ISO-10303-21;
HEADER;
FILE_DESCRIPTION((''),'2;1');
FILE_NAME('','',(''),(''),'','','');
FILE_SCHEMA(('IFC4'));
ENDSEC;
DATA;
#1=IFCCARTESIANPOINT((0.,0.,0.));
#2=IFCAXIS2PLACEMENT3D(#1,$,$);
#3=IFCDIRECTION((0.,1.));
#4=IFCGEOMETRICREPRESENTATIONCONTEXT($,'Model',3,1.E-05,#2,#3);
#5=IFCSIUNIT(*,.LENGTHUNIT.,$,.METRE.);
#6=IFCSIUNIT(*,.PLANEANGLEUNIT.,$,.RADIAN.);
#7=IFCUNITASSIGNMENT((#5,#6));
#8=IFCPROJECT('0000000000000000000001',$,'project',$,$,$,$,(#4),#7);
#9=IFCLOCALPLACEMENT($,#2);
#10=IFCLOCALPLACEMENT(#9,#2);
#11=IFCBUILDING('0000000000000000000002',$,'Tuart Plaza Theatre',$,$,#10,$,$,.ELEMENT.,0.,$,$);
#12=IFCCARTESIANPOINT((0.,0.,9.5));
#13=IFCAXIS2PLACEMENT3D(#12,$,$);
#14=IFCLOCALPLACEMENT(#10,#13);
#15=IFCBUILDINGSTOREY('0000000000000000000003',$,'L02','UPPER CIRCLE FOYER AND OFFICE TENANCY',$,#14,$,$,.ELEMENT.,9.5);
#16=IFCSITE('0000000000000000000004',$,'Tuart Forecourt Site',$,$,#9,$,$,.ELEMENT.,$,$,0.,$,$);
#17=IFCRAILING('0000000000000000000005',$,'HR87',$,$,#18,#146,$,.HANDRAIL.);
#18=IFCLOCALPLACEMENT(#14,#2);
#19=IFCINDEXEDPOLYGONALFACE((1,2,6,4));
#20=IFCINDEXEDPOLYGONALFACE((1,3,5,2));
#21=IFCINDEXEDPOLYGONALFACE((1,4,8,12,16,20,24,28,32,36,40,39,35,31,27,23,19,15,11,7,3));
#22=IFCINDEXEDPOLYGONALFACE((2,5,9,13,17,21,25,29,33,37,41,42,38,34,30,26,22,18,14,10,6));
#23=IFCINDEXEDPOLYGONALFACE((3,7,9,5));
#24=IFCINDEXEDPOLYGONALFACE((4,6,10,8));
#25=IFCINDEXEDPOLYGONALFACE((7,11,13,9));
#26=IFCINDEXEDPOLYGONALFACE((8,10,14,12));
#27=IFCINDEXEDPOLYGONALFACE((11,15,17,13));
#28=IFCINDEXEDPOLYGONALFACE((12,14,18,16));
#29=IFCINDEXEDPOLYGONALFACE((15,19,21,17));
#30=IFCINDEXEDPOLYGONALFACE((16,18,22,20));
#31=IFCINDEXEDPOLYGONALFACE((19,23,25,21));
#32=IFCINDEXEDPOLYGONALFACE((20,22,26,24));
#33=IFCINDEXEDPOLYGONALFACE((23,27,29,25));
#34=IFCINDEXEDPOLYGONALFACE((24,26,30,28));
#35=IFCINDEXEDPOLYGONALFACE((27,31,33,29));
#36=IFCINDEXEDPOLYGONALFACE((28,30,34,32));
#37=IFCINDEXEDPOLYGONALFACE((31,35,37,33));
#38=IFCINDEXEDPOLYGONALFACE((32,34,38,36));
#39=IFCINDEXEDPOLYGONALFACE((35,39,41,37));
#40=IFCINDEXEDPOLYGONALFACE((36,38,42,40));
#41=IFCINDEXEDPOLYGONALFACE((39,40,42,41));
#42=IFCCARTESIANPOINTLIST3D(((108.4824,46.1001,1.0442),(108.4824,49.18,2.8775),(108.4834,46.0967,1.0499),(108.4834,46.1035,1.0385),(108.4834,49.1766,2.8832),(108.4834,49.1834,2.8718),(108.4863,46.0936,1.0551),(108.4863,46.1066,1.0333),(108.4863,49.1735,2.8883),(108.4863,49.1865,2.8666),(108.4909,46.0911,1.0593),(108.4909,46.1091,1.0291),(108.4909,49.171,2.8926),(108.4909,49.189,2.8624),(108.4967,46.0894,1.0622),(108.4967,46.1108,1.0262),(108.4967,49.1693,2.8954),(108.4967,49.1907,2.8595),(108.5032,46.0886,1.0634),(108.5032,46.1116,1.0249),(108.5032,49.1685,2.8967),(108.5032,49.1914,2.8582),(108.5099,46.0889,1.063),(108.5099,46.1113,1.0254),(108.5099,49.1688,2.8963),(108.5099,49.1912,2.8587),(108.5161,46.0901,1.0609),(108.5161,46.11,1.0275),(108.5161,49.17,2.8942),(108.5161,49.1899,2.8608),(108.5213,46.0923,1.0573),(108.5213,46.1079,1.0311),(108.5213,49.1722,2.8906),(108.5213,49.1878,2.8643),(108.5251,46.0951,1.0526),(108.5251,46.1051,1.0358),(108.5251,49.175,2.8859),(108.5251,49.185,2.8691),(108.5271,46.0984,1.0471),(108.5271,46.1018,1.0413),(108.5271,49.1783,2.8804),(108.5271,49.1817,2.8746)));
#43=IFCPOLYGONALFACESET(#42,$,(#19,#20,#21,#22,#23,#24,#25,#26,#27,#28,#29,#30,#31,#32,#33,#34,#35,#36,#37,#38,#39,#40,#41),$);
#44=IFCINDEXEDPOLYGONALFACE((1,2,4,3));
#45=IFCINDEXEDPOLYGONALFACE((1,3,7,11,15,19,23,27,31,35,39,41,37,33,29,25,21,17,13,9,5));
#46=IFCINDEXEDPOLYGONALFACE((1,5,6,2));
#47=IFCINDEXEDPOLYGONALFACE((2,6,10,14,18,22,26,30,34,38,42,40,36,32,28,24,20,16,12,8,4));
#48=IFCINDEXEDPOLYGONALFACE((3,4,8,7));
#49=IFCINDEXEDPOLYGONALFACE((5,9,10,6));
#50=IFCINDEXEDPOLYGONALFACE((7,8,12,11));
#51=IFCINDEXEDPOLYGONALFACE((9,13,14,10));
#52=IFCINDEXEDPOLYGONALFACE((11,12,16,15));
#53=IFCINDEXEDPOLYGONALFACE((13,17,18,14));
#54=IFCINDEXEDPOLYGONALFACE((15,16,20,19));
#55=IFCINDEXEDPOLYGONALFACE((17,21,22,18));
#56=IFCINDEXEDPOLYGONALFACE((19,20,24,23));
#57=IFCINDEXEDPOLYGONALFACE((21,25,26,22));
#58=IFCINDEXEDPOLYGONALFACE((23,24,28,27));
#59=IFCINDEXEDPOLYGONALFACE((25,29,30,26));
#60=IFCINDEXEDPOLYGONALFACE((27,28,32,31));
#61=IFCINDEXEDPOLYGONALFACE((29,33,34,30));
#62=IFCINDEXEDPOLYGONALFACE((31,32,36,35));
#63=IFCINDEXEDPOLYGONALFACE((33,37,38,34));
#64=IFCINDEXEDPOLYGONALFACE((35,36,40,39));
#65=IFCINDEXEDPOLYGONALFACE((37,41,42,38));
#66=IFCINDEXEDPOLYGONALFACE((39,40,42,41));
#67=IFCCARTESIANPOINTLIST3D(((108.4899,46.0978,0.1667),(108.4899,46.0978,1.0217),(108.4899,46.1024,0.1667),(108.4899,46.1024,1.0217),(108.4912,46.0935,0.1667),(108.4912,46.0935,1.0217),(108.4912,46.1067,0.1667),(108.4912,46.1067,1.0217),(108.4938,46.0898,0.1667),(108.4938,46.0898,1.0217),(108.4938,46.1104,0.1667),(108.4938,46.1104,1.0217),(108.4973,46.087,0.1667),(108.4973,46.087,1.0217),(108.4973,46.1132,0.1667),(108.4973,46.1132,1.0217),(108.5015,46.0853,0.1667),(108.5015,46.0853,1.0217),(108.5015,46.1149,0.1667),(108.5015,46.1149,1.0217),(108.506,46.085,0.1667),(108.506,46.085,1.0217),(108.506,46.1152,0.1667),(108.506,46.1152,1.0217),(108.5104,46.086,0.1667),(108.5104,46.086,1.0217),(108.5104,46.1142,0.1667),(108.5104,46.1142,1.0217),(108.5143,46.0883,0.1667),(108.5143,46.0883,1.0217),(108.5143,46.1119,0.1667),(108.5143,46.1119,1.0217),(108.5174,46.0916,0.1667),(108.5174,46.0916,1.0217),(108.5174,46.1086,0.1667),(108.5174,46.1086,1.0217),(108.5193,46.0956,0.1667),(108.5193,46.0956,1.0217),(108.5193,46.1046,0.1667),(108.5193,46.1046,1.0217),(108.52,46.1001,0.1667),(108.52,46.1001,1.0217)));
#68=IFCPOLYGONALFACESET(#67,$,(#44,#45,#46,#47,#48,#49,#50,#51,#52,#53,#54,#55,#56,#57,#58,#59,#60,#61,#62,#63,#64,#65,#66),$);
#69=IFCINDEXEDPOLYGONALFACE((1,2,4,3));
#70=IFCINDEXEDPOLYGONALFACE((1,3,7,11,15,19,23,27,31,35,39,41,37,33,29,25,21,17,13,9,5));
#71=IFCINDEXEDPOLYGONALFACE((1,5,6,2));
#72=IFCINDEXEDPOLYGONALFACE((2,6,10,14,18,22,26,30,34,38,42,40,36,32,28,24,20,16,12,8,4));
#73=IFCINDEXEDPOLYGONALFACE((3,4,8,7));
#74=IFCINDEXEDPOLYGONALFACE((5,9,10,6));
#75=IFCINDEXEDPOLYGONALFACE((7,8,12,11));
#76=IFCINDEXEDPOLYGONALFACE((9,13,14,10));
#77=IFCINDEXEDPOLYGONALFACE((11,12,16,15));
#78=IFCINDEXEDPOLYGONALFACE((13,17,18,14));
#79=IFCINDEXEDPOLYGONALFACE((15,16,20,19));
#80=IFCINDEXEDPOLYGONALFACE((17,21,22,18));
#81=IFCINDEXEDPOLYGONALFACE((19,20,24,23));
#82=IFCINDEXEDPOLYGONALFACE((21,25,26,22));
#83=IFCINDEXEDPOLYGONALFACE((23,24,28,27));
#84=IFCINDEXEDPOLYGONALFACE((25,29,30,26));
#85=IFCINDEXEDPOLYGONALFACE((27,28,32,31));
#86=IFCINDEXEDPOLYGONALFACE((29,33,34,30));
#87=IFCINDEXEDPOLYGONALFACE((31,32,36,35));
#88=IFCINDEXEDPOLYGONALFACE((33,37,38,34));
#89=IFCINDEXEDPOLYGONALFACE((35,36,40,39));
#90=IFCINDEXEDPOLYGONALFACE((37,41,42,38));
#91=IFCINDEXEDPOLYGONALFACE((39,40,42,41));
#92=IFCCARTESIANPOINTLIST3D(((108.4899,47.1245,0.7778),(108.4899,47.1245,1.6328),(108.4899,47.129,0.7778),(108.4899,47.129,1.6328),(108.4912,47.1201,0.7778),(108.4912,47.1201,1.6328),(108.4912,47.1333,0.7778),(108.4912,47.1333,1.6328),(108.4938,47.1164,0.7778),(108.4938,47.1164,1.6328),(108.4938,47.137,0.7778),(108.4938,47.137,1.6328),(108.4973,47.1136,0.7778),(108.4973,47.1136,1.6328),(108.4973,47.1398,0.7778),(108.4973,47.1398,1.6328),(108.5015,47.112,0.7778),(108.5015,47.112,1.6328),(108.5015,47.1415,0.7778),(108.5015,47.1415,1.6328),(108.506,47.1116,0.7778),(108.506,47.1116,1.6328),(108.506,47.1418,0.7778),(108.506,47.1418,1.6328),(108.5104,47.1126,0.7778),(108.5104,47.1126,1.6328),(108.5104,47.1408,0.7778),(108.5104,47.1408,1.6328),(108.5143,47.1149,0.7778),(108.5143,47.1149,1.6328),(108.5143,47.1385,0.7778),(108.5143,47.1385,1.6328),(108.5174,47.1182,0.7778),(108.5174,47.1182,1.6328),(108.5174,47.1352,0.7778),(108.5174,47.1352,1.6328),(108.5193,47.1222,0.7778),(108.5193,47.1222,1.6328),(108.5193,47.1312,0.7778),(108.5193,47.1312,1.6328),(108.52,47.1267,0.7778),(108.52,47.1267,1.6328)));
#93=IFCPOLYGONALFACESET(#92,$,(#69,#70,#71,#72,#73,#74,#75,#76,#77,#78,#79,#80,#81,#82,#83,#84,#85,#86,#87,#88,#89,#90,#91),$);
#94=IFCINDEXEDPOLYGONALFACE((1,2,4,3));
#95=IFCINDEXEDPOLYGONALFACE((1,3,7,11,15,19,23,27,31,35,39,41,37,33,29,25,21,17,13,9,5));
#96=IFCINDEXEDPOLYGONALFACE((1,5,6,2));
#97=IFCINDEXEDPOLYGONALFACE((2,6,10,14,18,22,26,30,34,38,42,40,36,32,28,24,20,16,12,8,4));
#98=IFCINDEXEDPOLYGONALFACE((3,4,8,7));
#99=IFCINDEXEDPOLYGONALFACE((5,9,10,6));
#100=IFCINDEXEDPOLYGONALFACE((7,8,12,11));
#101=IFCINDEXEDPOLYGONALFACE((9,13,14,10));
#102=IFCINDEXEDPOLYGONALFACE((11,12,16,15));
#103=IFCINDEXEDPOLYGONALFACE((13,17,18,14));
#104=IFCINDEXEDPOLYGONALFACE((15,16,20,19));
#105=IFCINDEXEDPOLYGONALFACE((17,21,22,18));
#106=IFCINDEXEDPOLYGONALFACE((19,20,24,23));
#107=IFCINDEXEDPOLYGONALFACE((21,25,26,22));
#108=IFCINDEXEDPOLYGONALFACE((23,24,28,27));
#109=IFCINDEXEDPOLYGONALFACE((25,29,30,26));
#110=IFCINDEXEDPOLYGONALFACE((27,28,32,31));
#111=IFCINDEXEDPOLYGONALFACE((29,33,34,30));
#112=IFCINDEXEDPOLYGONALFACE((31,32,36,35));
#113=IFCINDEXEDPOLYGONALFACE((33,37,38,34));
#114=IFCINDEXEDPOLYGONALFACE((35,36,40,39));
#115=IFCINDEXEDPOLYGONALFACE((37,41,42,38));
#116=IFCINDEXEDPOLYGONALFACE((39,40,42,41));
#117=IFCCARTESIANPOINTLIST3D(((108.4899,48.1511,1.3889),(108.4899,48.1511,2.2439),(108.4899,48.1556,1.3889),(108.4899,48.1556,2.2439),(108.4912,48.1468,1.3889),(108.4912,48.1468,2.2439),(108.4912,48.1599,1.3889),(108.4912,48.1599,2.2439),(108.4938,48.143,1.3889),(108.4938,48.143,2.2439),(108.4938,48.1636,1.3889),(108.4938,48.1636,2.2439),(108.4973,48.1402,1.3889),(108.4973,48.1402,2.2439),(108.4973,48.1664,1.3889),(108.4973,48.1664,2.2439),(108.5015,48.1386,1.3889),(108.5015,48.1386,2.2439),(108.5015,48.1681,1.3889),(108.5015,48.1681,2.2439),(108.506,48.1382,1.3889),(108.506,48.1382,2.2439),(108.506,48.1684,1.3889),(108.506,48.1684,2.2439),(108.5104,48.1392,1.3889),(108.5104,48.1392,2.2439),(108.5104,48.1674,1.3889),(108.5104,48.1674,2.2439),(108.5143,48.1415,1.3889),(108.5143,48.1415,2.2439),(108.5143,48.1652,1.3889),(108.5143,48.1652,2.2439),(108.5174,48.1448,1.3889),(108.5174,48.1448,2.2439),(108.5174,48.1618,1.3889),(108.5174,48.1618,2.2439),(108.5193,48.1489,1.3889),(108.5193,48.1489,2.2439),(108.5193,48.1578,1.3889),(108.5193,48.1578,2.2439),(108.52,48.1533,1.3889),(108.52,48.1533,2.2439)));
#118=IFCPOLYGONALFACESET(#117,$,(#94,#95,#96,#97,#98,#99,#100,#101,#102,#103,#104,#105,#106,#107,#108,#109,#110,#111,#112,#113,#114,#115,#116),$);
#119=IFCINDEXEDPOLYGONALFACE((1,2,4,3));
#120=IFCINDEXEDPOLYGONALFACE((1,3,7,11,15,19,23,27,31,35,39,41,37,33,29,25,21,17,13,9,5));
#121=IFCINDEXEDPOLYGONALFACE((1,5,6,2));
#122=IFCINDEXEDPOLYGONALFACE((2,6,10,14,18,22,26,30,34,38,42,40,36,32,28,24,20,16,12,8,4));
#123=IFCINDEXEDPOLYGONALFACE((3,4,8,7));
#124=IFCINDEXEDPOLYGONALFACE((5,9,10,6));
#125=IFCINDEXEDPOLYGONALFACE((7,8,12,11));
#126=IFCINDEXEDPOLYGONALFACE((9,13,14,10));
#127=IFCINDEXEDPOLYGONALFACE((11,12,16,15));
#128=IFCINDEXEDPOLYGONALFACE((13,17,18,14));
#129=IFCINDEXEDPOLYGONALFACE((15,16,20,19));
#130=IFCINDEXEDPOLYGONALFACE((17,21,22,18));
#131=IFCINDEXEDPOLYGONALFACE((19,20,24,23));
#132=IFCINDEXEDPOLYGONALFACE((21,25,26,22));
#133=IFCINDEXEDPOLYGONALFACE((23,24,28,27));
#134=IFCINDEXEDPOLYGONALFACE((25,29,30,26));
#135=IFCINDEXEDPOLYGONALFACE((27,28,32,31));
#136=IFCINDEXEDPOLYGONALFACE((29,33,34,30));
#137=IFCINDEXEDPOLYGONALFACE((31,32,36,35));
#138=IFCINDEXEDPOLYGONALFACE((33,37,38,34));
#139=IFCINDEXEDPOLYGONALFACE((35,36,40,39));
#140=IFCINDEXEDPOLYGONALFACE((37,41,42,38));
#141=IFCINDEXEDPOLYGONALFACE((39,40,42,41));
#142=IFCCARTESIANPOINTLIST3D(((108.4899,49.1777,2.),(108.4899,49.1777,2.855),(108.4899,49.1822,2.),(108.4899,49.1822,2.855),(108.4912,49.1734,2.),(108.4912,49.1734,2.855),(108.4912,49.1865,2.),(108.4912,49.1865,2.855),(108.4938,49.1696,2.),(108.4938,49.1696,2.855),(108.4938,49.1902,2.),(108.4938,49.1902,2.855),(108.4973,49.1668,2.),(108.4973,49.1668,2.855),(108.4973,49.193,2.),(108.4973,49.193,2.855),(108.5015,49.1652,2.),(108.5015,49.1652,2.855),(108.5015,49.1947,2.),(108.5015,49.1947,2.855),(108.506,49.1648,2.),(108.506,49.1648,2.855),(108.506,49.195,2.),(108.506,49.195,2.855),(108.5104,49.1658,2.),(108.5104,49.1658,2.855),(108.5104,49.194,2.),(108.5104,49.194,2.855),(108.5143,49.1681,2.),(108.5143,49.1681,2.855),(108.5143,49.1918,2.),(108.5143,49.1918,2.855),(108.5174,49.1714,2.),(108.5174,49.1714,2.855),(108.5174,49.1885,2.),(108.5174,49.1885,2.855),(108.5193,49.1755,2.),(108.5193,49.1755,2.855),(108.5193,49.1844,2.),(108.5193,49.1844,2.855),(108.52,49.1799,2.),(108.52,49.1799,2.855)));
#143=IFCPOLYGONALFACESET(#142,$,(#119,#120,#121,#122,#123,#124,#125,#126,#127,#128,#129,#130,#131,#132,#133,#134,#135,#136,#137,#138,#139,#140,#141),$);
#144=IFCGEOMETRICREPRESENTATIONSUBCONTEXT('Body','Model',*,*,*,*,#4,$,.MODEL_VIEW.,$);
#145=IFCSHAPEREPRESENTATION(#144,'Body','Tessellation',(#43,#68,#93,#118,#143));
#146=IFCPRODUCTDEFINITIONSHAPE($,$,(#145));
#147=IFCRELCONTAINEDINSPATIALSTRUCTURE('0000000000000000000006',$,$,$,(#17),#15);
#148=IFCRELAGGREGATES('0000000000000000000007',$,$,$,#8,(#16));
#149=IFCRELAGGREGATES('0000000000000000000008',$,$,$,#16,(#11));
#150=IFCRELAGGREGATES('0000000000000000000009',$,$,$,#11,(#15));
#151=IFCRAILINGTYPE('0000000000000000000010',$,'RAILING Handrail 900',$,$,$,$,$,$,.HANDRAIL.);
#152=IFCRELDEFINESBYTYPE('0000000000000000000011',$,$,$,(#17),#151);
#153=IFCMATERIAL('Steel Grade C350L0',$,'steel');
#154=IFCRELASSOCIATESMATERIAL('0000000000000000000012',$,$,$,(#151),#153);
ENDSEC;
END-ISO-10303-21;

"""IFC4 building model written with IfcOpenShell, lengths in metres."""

from ifc_helpers import new_model, si_unit, direction, frame, origin, origin_2d, place, context, subcontext, project, spatial, circle, extrude, material, type_object, element, save


model = new_model("IFC4")

# Units and contexts
model_context = context("Model", 3, precision=1e-05, world=origin(), true_north=direction((0.0, 1.0)))
body_context = subcontext(model_context, "Body", "Model", "MODEL_VIEW")
ifc_project = project(units=[si_unit("LENGTHUNIT", "METRE"), si_unit("PLANEANGLEUNIT", "RADIAN")], contexts=[model_context])

# Site, building, storey
site_placement = place(None, origin())
site = spatial("IfcSite", under=ifc_project, at=site_placement, Name="Tuart Forecourt Site", CompositionType="ELEMENT", RefElevation=0.0)
building_placement = place(site_placement, origin())
building = spatial("IfcBuilding", under=site, at=building_placement, Name="Tuart Plaza Theatre", CompositionType="ELEMENT", ElevationOfRefHeight=0.0)
storey_placement = place(building_placement, frame((0.0, 0.0, 9.5)))
storey = spatial("IfcBuildingStorey", under=building, at=storey_placement, Name="L02", Description="UPPER CIRCLE FOYER AND OFFICE TENANCY", CompositionType="ELEMENT", Elevation=9.5)

# Railing
ifc_material_1 = material(Name="Steel Grade C350L0", Category="steel")
railing_type_1 = type_object("IfcRailingType", Name="RAILING Handrail 900", PredefinedType="HANDRAIL", material=ifc_material_1)
for number, where, name in (
    (1, (108.5049, 46.1001, 0.1667), "HR87"),
):
    element("IfcRailing", number, at=place(storey_placement, frame(where)), inside=storey, type_object=railing_type_1, Name=name, PredefinedType="HANDRAIL", context=body_context, shape_type="SweptSolid", body=[
        extrude(circle(Radius=0.0225, at=origin_2d()), frame((0.0, 0.0, 0.8774), z_axis=(0.0, 0.859291, 0.511487), x_axis=(-1.0, 0.0, 0.0)), (0.0, 0.0, 1.0), 3.5842),
        extrude(circle(Radius=0.0151, at=origin_2d()), origin(), (0.0, 0.0, 1.0), 0.855),
        extrude(circle(Radius=0.0151, at=origin_2d()), frame((0.0, 1.0266, 0.6111)), (0.0, 0.0, 1.0), 0.855),
        extrude(circle(Radius=0.0151, at=origin_2d()), frame((0.0, 2.0532, 1.2222)), (0.0, 0.0, 1.0), 0.855),
        extrude(circle(Radius=0.0151, at=origin_2d()), frame((0.0, 3.0798, 1.8333)), (0.0, 0.0, 1.0), 0.855),
    ])

save(model, "model.ifc")
